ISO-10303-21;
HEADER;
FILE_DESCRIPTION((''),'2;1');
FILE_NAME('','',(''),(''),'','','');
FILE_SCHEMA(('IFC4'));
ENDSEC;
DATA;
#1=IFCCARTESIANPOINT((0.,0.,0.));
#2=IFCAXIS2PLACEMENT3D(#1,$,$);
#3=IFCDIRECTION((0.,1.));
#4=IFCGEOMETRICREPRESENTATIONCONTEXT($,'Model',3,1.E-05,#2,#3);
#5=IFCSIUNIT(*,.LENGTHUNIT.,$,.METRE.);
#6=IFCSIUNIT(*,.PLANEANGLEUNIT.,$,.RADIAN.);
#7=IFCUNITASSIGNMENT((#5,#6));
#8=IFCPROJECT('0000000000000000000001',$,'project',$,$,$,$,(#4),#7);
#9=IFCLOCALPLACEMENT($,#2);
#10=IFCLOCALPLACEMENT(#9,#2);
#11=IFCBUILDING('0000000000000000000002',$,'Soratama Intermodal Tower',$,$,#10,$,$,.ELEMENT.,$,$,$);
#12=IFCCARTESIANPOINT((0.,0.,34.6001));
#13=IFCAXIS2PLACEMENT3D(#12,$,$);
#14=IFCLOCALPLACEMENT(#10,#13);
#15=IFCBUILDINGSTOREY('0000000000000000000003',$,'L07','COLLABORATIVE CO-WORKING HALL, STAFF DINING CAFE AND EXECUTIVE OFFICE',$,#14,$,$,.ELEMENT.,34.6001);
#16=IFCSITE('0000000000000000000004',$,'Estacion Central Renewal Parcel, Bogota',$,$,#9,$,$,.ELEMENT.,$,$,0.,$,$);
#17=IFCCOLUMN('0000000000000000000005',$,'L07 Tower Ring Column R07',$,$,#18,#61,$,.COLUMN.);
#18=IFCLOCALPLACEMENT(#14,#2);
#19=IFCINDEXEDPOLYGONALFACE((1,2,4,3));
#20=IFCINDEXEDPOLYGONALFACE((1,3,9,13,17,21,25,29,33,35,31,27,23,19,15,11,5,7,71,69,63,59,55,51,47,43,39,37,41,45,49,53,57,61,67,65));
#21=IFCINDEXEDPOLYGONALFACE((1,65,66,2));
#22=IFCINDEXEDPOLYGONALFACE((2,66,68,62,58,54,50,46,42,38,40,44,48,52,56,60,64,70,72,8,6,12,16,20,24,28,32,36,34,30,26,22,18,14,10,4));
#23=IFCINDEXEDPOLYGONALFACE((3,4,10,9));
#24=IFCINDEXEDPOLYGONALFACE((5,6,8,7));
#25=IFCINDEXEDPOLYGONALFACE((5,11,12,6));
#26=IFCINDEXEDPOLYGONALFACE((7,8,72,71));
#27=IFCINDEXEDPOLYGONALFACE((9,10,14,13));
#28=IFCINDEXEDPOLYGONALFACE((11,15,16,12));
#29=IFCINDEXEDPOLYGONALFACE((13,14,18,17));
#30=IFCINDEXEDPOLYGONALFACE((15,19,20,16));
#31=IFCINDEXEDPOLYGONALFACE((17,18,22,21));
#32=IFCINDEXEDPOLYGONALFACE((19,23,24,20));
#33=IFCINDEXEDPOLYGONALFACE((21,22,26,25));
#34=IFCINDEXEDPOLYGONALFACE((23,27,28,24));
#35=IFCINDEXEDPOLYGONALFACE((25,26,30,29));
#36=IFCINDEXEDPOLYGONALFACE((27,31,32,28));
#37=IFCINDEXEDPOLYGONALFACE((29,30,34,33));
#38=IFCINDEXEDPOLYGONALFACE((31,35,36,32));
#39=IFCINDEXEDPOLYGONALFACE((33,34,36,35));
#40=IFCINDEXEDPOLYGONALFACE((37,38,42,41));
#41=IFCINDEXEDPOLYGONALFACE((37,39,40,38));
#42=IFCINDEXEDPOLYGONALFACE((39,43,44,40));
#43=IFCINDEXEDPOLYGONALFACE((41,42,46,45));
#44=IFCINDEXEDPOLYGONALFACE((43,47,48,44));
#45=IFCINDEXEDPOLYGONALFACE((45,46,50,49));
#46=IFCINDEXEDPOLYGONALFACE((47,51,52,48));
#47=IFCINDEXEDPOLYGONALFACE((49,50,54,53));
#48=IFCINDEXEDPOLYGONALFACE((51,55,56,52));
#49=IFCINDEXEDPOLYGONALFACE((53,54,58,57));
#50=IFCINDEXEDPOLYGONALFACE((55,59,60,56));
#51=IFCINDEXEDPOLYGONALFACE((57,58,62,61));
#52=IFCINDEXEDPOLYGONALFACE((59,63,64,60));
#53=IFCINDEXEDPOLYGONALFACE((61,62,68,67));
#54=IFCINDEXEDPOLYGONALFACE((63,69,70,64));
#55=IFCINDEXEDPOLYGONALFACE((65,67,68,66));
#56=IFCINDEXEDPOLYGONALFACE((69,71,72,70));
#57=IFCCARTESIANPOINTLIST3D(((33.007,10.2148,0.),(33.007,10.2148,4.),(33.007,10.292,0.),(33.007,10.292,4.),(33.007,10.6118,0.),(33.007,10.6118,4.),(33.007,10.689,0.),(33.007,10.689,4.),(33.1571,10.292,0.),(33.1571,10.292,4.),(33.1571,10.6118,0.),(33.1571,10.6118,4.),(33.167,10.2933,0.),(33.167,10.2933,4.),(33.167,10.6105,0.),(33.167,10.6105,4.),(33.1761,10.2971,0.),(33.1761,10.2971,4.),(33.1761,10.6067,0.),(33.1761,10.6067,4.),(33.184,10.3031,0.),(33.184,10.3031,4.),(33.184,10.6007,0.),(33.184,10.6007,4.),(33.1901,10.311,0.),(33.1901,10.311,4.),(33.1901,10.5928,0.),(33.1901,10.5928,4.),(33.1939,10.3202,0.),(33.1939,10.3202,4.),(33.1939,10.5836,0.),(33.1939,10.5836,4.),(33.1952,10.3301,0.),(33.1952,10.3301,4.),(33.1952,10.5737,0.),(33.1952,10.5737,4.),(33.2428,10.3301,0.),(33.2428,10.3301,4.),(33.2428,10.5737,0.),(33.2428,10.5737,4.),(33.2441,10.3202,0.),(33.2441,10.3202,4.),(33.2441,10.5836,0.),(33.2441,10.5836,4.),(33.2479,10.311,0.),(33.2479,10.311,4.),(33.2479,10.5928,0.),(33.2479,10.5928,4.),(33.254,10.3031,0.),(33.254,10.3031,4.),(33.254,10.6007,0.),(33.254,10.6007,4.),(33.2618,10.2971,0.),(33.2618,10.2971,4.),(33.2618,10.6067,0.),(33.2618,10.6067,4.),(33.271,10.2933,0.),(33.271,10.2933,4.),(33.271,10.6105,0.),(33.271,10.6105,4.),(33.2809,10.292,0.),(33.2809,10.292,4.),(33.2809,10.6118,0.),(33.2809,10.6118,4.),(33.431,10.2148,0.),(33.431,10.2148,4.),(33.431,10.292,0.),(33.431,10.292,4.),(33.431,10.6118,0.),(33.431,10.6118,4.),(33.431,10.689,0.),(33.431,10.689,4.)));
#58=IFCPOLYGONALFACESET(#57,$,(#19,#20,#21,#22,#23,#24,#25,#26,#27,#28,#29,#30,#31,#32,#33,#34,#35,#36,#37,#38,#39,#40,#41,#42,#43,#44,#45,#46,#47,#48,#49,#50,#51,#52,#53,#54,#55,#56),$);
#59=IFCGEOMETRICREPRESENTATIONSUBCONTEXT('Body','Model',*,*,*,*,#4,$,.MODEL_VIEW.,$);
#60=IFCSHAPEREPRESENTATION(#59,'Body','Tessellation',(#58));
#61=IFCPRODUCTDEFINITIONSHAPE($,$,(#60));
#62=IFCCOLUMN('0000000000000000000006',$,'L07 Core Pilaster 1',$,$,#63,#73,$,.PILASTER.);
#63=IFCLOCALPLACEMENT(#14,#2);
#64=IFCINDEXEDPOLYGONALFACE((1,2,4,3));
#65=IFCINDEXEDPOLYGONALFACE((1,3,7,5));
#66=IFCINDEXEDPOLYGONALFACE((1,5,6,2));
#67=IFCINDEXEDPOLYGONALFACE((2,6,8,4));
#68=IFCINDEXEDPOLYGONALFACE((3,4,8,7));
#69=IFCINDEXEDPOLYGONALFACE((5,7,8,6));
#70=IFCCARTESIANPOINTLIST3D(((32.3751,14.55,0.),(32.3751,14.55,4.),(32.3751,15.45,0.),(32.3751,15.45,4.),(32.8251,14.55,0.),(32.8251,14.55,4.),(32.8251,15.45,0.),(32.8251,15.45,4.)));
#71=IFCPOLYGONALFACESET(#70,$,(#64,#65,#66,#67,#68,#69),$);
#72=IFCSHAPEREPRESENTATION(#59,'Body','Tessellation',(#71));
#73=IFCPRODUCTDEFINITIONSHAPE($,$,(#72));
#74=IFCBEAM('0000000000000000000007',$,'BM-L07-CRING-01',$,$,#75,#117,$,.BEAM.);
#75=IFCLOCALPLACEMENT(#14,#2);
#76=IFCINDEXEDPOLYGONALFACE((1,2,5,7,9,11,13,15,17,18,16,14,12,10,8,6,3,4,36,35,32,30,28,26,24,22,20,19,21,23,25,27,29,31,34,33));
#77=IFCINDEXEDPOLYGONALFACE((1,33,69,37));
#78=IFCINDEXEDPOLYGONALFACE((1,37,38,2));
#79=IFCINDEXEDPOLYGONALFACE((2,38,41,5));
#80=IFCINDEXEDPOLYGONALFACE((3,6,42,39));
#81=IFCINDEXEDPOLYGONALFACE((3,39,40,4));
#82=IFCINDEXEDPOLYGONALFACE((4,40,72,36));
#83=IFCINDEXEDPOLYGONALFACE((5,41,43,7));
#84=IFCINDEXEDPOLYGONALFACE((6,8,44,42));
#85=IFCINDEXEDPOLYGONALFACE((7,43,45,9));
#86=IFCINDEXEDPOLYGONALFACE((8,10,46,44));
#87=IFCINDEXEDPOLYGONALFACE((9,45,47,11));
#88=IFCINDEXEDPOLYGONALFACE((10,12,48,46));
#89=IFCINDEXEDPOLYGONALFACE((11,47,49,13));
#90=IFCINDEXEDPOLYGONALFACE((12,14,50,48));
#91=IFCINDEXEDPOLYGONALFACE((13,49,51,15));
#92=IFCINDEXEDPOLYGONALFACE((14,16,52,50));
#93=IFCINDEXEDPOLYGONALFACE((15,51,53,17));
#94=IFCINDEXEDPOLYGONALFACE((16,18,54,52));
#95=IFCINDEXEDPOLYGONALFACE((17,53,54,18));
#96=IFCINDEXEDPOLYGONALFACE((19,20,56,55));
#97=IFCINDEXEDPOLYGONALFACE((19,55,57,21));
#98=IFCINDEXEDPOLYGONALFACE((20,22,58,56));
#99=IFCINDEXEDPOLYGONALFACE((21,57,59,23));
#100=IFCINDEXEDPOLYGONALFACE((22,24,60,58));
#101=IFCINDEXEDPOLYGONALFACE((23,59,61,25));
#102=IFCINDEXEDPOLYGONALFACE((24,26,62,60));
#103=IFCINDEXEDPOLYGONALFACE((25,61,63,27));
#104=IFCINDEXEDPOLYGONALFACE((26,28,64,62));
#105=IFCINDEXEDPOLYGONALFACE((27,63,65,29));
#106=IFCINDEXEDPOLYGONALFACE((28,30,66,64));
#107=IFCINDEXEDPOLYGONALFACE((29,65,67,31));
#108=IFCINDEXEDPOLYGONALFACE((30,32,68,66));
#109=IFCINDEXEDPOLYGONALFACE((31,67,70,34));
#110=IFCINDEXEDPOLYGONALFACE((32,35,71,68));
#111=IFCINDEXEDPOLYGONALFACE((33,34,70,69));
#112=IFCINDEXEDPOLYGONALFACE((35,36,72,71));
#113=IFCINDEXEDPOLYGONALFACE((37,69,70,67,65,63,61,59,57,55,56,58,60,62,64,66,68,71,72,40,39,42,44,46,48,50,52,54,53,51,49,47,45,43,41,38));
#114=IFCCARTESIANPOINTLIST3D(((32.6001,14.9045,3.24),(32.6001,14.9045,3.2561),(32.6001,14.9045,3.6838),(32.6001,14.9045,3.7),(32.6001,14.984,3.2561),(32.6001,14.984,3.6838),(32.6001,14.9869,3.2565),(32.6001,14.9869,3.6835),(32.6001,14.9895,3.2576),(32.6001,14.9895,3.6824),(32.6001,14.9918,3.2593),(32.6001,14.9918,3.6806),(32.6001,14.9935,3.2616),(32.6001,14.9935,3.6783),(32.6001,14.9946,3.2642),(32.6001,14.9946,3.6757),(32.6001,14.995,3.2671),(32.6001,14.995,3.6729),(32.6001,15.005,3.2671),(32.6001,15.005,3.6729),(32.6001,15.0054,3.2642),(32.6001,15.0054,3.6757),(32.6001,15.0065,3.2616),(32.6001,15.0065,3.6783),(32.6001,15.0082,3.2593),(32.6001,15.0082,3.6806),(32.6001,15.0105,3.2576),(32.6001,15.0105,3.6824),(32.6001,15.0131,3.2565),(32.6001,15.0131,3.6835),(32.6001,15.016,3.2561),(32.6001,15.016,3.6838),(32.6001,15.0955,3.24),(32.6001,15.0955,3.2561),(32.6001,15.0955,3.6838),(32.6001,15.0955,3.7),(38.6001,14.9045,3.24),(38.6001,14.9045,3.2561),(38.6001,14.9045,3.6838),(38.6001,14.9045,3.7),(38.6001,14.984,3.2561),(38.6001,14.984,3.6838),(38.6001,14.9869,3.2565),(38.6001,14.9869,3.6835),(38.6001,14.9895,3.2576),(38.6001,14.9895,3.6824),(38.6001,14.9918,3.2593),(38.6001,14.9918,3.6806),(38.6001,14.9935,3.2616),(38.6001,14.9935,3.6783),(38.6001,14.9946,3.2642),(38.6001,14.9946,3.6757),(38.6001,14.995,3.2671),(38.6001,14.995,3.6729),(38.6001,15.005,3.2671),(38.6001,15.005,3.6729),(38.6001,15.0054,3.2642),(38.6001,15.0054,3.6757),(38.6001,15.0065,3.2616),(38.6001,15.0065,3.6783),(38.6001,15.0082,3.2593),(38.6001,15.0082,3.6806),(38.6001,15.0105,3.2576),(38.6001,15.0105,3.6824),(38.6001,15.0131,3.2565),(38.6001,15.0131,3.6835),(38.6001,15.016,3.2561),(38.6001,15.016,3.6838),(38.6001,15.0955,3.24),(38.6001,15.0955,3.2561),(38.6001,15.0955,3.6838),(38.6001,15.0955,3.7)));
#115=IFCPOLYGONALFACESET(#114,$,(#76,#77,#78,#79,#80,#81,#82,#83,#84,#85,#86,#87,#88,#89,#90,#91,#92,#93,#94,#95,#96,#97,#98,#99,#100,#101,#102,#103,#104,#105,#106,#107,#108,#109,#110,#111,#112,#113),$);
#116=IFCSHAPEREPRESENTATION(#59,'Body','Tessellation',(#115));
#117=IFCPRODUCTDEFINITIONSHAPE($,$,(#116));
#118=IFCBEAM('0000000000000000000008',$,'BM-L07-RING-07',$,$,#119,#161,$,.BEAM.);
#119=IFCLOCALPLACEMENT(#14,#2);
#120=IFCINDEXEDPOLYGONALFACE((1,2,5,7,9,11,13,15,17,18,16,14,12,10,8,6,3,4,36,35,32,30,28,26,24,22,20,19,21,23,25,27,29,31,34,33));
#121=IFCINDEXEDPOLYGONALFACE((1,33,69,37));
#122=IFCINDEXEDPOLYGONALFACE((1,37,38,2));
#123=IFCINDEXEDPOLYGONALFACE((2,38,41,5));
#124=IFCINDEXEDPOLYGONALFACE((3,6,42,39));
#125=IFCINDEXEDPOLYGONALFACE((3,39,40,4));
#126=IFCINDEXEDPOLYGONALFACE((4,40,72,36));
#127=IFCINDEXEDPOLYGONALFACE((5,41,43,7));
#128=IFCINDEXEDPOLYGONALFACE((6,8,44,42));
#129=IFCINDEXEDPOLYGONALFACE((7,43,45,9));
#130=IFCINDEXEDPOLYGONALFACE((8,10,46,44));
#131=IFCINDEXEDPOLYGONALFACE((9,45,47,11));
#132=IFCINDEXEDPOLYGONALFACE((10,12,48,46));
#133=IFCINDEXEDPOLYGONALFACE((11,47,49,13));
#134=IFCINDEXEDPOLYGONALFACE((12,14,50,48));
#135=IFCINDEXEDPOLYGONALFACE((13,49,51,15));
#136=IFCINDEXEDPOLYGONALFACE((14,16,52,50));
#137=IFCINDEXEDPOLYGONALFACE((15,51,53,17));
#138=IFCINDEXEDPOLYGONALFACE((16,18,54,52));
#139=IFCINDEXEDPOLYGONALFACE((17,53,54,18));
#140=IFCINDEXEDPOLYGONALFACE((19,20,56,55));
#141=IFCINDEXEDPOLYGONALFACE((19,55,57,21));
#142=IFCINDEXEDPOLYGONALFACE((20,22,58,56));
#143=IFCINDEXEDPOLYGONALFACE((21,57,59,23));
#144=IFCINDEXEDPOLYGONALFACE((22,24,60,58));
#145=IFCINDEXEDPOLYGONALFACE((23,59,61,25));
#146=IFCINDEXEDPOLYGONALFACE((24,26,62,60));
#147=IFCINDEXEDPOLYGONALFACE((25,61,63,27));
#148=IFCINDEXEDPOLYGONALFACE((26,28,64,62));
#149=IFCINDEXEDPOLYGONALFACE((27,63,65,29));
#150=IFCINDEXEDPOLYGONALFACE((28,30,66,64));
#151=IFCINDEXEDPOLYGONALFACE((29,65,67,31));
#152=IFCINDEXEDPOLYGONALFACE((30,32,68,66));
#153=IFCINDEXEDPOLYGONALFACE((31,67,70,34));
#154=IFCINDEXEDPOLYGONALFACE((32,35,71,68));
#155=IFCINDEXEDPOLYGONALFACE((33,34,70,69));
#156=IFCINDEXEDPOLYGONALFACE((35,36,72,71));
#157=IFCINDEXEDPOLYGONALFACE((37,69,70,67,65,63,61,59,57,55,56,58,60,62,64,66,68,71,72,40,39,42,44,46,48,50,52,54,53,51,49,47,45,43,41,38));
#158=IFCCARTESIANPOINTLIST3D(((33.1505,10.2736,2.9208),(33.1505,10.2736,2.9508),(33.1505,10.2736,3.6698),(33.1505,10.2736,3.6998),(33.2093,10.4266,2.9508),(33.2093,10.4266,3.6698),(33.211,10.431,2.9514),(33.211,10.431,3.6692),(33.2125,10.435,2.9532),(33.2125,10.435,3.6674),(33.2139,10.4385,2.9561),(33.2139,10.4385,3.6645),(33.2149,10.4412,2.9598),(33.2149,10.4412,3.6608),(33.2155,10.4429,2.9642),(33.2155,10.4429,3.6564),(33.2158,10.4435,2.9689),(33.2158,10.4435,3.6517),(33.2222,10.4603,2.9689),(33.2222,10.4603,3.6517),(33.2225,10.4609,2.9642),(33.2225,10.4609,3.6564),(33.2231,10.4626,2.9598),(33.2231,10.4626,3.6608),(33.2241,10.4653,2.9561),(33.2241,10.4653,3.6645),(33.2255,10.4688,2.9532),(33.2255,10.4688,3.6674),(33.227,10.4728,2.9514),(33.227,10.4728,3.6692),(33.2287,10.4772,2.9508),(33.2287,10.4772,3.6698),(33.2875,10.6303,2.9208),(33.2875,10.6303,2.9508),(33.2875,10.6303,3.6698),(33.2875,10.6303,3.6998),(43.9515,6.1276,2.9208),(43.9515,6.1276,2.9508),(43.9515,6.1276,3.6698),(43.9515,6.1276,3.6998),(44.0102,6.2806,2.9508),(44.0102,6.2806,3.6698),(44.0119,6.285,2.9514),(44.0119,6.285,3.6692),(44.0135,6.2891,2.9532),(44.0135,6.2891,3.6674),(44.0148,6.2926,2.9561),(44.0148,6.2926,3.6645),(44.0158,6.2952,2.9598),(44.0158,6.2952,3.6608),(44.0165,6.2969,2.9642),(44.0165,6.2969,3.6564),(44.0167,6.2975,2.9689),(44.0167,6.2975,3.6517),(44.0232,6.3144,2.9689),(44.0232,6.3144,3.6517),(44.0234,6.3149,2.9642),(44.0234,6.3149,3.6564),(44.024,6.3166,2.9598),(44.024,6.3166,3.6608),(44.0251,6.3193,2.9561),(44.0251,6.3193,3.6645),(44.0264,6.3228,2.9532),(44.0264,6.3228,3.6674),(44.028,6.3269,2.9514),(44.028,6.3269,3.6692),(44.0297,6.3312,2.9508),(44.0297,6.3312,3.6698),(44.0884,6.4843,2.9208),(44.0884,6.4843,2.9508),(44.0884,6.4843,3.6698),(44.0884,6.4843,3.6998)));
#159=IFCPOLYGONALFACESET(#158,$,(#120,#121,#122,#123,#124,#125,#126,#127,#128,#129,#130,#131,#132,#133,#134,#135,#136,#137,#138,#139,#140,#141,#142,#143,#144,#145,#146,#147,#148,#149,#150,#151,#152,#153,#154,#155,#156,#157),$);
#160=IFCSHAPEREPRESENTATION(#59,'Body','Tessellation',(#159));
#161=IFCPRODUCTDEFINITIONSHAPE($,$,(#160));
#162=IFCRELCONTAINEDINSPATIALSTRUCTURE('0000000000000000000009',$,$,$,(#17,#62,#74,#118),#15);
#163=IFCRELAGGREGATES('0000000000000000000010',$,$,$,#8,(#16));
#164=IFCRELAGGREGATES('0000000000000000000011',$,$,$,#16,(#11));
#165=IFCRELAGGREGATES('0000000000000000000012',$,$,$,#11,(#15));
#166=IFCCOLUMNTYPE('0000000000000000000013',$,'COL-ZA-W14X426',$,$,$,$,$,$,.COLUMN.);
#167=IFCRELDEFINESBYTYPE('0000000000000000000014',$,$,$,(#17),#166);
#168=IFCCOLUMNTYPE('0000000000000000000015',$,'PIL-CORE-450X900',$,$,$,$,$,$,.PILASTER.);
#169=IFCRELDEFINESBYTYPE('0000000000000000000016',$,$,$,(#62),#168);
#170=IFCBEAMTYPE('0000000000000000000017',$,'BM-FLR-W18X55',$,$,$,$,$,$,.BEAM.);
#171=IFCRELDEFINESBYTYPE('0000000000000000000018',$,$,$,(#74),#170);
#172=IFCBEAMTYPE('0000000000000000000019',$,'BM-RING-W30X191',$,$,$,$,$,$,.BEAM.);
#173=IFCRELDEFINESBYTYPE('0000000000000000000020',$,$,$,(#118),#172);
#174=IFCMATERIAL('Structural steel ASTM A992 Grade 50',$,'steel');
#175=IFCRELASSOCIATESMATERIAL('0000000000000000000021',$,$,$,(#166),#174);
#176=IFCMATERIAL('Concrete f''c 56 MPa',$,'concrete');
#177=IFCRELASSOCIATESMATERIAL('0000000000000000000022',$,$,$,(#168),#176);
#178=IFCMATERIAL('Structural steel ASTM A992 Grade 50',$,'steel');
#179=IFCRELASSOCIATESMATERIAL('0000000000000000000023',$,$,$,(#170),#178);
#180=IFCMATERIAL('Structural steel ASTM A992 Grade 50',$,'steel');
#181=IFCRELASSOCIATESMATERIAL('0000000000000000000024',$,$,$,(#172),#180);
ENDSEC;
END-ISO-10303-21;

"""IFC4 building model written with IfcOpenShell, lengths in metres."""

from ifc_helpers import new_model, si_unit, direction, frame, origin, origin_2d, place, context, subcontext, project, spatial, rectangle, i_section, extrude, material, material_profile, profile_set, type_object, element, save


model = new_model("IFC4")

# Units and contexts
model_context = context("Model", 3, precision=1e-05, world=origin(), true_north=direction((0.0, 1.0)))
body_context = subcontext(model_context, "Body", "Model", "MODEL_VIEW")
ifc_project = project(units=[si_unit("LENGTHUNIT", "METRE"), si_unit("PLANEANGLEUNIT", "RADIAN")], contexts=[model_context])

# Site, building, storey
site_placement = place(None, origin())
site = spatial("IfcSite", under=ifc_project, at=site_placement, Name="Estacion Central Renewal Parcel, Bogota", CompositionType="ELEMENT", RefElevation=0.0)
building_placement = place(site_placement, origin())
building = spatial("IfcBuilding", under=site, at=building_placement, Name="Soratama Intermodal Tower", CompositionType="ELEMENT")
storey_placement = place(building_placement, frame((0.0, 0.0, 34.6001)))
storey = spatial("IfcBuildingStorey", under=building, at=storey_placement, Name="L07", Description="COLLABORATIVE CO-WORKING HALL, STAFF DINING CAFE AND EXECUTIVE OFFICE", CompositionType="ELEMENT", Elevation=34.6001)

# Columns
ifc_material_1 = material(Name="Structural steel ASTM A992 Grade 50", Category="steel")
ifc_material_profile_1 = material_profile(ifc_material_1, i_section(OverallWidth=0.4241, OverallDepth=0.4741, WebThickness=0.0476, FlangeThickness=0.0771, FilletRadius=0.0381, at=origin_2d()), Name="W14X426")
ifc_profile_set_1 = profile_set([ifc_material_profile_1], Name="Structural steel ASTM A992 Grade 50")
column_type_1 = type_object("IfcColumnType", Name="COL-ZA-W14X426", PredefinedType="COLUMN", material=ifc_profile_set_1)
column_1_placement = place(storey_placement, frame((33.219, 10.4519, 0.0), z_axis=(0.0, 0.0, 1.0), x_axis=(1.0, 0.0, 0.0)))
element("IfcColumn", 1, at=column_1_placement, inside=storey, type_object=column_type_1, Name="L07 Tower Ring Column R07", PredefinedType="COLUMN", context=body_context, shape_type="SweptSolid", body=[
    extrude(i_section(OverallWidth=0.4241, OverallDepth=0.4741, WebThickness=0.0476, FlangeThickness=0.0771, FilletRadius=0.0381, at=origin_2d()), origin(), (0.0, 0.0, 1.0), 4.0),
])
ifc_material_2 = material(Name="Concrete f'c 56 MPa", Category="concrete")
ifc_material_profile_2 = material_profile(ifc_material_2, rectangle(XDim=0.45, YDim=0.8999, at=origin_2d()), Name="RC450X900")
ifc_profile_set_2 = profile_set([ifc_material_profile_2], Name="Concrete f'c 56 MPa")
column_type_2 = type_object("IfcColumnType", Name="PIL-CORE-450X900", PredefinedType="PILASTER", material=ifc_profile_set_2)
column_2_placement = place(storey_placement, frame((32.6001, 15.0, 0.0), z_axis=(0.0, 0.0, 1.0), x_axis=(1.0, 0.0, 0.0)))
element("IfcColumn", 2, at=column_2_placement, inside=storey, type_object=column_type_2, Name="L07 Core Pilaster 1", PredefinedType="PILASTER", context=body_context, shape_type="SweptSolid", body=[
    extrude(rectangle(XDim=0.45, YDim=0.8999, at=origin_2d()), origin(), (0.0, 0.0, 1.0), 4.0),
])

# Beams
ifc_material_3 = material(Name="Structural steel ASTM A992 Grade 50", Category="steel")
ifc_material_profile_3 = material_profile(ifc_material_3, i_section(OverallWidth=0.1909, OverallDepth=0.46, WebThickness=0.01, FlangeThickness=0.0161, FilletRadius=0.011, at=origin_2d()), Name="W18X55")
ifc_profile_set_3 = profile_set([ifc_material_profile_3], Name="Structural steel ASTM A992 Grade 50")
beam_type_1 = type_object("IfcBeamType", Name="BM-FLR-W18X55", PredefinedType="BEAM", material=ifc_profile_set_3)
beam_1_placement = place(storey_placement, frame((32.6001, 15.0, 3.47), z_axis=(1.0, 0.0, 0.0), x_axis=(0.0, 1.0, 0.0)))
element("IfcBeam", 3, at=beam_1_placement, inside=storey, type_object=beam_type_1, Name="BM-L07-CRING-01", PredefinedType="BEAM", context=body_context, shape_type="SweptSolid", body=[
    extrude(i_section(OverallWidth=0.1909, OverallDepth=0.46, WebThickness=0.01, FlangeThickness=0.0161, FilletRadius=0.011, at=origin_2d()), origin(), (0.0, 0.0, 1.0), 6.0),
])
ifc_material_4 = material(Name="Structural steel ASTM A992 Grade 50", Category="steel")
ifc_material_profile_4 = material_profile(ifc_material_4, i_section(OverallWidth=0.3821, OverallDepth=0.7791, WebThickness=0.0181, FlangeThickness=0.03, FilletRadius=0.0181, at=origin_2d()), Name="W30X191")
ifc_profile_set_4 = profile_set([ifc_material_profile_4], Name="Structural steel ASTM A992 Grade 50")
beam_type_2 = type_object("IfcBeamType", Name="BM-RING-W30X191", PredefinedType="BEAM", material=ifc_profile_set_4)
beam_2_placement = place(storey_placement, frame((33.219, 10.4519, 3.3103), z_axis=(0.933584, -0.358358, 0.0), x_axis=(0.358358, 0.933584, 0.0)))
element("IfcBeam", 4, at=beam_2_placement, inside=storey, type_object=beam_type_2, Name="BM-L07-RING-07", PredefinedType="BEAM", context=body_context, shape_type="SweptSolid", body=[
    extrude(i_section(OverallWidth=0.3821, OverallDepth=0.7791, WebThickness=0.0181, FlangeThickness=0.03, FilletRadius=0.0181, at=origin_2d()), origin(), (0.0, 0.0, 1.0), 11.5693),
])

save(model, "model.ifc")
